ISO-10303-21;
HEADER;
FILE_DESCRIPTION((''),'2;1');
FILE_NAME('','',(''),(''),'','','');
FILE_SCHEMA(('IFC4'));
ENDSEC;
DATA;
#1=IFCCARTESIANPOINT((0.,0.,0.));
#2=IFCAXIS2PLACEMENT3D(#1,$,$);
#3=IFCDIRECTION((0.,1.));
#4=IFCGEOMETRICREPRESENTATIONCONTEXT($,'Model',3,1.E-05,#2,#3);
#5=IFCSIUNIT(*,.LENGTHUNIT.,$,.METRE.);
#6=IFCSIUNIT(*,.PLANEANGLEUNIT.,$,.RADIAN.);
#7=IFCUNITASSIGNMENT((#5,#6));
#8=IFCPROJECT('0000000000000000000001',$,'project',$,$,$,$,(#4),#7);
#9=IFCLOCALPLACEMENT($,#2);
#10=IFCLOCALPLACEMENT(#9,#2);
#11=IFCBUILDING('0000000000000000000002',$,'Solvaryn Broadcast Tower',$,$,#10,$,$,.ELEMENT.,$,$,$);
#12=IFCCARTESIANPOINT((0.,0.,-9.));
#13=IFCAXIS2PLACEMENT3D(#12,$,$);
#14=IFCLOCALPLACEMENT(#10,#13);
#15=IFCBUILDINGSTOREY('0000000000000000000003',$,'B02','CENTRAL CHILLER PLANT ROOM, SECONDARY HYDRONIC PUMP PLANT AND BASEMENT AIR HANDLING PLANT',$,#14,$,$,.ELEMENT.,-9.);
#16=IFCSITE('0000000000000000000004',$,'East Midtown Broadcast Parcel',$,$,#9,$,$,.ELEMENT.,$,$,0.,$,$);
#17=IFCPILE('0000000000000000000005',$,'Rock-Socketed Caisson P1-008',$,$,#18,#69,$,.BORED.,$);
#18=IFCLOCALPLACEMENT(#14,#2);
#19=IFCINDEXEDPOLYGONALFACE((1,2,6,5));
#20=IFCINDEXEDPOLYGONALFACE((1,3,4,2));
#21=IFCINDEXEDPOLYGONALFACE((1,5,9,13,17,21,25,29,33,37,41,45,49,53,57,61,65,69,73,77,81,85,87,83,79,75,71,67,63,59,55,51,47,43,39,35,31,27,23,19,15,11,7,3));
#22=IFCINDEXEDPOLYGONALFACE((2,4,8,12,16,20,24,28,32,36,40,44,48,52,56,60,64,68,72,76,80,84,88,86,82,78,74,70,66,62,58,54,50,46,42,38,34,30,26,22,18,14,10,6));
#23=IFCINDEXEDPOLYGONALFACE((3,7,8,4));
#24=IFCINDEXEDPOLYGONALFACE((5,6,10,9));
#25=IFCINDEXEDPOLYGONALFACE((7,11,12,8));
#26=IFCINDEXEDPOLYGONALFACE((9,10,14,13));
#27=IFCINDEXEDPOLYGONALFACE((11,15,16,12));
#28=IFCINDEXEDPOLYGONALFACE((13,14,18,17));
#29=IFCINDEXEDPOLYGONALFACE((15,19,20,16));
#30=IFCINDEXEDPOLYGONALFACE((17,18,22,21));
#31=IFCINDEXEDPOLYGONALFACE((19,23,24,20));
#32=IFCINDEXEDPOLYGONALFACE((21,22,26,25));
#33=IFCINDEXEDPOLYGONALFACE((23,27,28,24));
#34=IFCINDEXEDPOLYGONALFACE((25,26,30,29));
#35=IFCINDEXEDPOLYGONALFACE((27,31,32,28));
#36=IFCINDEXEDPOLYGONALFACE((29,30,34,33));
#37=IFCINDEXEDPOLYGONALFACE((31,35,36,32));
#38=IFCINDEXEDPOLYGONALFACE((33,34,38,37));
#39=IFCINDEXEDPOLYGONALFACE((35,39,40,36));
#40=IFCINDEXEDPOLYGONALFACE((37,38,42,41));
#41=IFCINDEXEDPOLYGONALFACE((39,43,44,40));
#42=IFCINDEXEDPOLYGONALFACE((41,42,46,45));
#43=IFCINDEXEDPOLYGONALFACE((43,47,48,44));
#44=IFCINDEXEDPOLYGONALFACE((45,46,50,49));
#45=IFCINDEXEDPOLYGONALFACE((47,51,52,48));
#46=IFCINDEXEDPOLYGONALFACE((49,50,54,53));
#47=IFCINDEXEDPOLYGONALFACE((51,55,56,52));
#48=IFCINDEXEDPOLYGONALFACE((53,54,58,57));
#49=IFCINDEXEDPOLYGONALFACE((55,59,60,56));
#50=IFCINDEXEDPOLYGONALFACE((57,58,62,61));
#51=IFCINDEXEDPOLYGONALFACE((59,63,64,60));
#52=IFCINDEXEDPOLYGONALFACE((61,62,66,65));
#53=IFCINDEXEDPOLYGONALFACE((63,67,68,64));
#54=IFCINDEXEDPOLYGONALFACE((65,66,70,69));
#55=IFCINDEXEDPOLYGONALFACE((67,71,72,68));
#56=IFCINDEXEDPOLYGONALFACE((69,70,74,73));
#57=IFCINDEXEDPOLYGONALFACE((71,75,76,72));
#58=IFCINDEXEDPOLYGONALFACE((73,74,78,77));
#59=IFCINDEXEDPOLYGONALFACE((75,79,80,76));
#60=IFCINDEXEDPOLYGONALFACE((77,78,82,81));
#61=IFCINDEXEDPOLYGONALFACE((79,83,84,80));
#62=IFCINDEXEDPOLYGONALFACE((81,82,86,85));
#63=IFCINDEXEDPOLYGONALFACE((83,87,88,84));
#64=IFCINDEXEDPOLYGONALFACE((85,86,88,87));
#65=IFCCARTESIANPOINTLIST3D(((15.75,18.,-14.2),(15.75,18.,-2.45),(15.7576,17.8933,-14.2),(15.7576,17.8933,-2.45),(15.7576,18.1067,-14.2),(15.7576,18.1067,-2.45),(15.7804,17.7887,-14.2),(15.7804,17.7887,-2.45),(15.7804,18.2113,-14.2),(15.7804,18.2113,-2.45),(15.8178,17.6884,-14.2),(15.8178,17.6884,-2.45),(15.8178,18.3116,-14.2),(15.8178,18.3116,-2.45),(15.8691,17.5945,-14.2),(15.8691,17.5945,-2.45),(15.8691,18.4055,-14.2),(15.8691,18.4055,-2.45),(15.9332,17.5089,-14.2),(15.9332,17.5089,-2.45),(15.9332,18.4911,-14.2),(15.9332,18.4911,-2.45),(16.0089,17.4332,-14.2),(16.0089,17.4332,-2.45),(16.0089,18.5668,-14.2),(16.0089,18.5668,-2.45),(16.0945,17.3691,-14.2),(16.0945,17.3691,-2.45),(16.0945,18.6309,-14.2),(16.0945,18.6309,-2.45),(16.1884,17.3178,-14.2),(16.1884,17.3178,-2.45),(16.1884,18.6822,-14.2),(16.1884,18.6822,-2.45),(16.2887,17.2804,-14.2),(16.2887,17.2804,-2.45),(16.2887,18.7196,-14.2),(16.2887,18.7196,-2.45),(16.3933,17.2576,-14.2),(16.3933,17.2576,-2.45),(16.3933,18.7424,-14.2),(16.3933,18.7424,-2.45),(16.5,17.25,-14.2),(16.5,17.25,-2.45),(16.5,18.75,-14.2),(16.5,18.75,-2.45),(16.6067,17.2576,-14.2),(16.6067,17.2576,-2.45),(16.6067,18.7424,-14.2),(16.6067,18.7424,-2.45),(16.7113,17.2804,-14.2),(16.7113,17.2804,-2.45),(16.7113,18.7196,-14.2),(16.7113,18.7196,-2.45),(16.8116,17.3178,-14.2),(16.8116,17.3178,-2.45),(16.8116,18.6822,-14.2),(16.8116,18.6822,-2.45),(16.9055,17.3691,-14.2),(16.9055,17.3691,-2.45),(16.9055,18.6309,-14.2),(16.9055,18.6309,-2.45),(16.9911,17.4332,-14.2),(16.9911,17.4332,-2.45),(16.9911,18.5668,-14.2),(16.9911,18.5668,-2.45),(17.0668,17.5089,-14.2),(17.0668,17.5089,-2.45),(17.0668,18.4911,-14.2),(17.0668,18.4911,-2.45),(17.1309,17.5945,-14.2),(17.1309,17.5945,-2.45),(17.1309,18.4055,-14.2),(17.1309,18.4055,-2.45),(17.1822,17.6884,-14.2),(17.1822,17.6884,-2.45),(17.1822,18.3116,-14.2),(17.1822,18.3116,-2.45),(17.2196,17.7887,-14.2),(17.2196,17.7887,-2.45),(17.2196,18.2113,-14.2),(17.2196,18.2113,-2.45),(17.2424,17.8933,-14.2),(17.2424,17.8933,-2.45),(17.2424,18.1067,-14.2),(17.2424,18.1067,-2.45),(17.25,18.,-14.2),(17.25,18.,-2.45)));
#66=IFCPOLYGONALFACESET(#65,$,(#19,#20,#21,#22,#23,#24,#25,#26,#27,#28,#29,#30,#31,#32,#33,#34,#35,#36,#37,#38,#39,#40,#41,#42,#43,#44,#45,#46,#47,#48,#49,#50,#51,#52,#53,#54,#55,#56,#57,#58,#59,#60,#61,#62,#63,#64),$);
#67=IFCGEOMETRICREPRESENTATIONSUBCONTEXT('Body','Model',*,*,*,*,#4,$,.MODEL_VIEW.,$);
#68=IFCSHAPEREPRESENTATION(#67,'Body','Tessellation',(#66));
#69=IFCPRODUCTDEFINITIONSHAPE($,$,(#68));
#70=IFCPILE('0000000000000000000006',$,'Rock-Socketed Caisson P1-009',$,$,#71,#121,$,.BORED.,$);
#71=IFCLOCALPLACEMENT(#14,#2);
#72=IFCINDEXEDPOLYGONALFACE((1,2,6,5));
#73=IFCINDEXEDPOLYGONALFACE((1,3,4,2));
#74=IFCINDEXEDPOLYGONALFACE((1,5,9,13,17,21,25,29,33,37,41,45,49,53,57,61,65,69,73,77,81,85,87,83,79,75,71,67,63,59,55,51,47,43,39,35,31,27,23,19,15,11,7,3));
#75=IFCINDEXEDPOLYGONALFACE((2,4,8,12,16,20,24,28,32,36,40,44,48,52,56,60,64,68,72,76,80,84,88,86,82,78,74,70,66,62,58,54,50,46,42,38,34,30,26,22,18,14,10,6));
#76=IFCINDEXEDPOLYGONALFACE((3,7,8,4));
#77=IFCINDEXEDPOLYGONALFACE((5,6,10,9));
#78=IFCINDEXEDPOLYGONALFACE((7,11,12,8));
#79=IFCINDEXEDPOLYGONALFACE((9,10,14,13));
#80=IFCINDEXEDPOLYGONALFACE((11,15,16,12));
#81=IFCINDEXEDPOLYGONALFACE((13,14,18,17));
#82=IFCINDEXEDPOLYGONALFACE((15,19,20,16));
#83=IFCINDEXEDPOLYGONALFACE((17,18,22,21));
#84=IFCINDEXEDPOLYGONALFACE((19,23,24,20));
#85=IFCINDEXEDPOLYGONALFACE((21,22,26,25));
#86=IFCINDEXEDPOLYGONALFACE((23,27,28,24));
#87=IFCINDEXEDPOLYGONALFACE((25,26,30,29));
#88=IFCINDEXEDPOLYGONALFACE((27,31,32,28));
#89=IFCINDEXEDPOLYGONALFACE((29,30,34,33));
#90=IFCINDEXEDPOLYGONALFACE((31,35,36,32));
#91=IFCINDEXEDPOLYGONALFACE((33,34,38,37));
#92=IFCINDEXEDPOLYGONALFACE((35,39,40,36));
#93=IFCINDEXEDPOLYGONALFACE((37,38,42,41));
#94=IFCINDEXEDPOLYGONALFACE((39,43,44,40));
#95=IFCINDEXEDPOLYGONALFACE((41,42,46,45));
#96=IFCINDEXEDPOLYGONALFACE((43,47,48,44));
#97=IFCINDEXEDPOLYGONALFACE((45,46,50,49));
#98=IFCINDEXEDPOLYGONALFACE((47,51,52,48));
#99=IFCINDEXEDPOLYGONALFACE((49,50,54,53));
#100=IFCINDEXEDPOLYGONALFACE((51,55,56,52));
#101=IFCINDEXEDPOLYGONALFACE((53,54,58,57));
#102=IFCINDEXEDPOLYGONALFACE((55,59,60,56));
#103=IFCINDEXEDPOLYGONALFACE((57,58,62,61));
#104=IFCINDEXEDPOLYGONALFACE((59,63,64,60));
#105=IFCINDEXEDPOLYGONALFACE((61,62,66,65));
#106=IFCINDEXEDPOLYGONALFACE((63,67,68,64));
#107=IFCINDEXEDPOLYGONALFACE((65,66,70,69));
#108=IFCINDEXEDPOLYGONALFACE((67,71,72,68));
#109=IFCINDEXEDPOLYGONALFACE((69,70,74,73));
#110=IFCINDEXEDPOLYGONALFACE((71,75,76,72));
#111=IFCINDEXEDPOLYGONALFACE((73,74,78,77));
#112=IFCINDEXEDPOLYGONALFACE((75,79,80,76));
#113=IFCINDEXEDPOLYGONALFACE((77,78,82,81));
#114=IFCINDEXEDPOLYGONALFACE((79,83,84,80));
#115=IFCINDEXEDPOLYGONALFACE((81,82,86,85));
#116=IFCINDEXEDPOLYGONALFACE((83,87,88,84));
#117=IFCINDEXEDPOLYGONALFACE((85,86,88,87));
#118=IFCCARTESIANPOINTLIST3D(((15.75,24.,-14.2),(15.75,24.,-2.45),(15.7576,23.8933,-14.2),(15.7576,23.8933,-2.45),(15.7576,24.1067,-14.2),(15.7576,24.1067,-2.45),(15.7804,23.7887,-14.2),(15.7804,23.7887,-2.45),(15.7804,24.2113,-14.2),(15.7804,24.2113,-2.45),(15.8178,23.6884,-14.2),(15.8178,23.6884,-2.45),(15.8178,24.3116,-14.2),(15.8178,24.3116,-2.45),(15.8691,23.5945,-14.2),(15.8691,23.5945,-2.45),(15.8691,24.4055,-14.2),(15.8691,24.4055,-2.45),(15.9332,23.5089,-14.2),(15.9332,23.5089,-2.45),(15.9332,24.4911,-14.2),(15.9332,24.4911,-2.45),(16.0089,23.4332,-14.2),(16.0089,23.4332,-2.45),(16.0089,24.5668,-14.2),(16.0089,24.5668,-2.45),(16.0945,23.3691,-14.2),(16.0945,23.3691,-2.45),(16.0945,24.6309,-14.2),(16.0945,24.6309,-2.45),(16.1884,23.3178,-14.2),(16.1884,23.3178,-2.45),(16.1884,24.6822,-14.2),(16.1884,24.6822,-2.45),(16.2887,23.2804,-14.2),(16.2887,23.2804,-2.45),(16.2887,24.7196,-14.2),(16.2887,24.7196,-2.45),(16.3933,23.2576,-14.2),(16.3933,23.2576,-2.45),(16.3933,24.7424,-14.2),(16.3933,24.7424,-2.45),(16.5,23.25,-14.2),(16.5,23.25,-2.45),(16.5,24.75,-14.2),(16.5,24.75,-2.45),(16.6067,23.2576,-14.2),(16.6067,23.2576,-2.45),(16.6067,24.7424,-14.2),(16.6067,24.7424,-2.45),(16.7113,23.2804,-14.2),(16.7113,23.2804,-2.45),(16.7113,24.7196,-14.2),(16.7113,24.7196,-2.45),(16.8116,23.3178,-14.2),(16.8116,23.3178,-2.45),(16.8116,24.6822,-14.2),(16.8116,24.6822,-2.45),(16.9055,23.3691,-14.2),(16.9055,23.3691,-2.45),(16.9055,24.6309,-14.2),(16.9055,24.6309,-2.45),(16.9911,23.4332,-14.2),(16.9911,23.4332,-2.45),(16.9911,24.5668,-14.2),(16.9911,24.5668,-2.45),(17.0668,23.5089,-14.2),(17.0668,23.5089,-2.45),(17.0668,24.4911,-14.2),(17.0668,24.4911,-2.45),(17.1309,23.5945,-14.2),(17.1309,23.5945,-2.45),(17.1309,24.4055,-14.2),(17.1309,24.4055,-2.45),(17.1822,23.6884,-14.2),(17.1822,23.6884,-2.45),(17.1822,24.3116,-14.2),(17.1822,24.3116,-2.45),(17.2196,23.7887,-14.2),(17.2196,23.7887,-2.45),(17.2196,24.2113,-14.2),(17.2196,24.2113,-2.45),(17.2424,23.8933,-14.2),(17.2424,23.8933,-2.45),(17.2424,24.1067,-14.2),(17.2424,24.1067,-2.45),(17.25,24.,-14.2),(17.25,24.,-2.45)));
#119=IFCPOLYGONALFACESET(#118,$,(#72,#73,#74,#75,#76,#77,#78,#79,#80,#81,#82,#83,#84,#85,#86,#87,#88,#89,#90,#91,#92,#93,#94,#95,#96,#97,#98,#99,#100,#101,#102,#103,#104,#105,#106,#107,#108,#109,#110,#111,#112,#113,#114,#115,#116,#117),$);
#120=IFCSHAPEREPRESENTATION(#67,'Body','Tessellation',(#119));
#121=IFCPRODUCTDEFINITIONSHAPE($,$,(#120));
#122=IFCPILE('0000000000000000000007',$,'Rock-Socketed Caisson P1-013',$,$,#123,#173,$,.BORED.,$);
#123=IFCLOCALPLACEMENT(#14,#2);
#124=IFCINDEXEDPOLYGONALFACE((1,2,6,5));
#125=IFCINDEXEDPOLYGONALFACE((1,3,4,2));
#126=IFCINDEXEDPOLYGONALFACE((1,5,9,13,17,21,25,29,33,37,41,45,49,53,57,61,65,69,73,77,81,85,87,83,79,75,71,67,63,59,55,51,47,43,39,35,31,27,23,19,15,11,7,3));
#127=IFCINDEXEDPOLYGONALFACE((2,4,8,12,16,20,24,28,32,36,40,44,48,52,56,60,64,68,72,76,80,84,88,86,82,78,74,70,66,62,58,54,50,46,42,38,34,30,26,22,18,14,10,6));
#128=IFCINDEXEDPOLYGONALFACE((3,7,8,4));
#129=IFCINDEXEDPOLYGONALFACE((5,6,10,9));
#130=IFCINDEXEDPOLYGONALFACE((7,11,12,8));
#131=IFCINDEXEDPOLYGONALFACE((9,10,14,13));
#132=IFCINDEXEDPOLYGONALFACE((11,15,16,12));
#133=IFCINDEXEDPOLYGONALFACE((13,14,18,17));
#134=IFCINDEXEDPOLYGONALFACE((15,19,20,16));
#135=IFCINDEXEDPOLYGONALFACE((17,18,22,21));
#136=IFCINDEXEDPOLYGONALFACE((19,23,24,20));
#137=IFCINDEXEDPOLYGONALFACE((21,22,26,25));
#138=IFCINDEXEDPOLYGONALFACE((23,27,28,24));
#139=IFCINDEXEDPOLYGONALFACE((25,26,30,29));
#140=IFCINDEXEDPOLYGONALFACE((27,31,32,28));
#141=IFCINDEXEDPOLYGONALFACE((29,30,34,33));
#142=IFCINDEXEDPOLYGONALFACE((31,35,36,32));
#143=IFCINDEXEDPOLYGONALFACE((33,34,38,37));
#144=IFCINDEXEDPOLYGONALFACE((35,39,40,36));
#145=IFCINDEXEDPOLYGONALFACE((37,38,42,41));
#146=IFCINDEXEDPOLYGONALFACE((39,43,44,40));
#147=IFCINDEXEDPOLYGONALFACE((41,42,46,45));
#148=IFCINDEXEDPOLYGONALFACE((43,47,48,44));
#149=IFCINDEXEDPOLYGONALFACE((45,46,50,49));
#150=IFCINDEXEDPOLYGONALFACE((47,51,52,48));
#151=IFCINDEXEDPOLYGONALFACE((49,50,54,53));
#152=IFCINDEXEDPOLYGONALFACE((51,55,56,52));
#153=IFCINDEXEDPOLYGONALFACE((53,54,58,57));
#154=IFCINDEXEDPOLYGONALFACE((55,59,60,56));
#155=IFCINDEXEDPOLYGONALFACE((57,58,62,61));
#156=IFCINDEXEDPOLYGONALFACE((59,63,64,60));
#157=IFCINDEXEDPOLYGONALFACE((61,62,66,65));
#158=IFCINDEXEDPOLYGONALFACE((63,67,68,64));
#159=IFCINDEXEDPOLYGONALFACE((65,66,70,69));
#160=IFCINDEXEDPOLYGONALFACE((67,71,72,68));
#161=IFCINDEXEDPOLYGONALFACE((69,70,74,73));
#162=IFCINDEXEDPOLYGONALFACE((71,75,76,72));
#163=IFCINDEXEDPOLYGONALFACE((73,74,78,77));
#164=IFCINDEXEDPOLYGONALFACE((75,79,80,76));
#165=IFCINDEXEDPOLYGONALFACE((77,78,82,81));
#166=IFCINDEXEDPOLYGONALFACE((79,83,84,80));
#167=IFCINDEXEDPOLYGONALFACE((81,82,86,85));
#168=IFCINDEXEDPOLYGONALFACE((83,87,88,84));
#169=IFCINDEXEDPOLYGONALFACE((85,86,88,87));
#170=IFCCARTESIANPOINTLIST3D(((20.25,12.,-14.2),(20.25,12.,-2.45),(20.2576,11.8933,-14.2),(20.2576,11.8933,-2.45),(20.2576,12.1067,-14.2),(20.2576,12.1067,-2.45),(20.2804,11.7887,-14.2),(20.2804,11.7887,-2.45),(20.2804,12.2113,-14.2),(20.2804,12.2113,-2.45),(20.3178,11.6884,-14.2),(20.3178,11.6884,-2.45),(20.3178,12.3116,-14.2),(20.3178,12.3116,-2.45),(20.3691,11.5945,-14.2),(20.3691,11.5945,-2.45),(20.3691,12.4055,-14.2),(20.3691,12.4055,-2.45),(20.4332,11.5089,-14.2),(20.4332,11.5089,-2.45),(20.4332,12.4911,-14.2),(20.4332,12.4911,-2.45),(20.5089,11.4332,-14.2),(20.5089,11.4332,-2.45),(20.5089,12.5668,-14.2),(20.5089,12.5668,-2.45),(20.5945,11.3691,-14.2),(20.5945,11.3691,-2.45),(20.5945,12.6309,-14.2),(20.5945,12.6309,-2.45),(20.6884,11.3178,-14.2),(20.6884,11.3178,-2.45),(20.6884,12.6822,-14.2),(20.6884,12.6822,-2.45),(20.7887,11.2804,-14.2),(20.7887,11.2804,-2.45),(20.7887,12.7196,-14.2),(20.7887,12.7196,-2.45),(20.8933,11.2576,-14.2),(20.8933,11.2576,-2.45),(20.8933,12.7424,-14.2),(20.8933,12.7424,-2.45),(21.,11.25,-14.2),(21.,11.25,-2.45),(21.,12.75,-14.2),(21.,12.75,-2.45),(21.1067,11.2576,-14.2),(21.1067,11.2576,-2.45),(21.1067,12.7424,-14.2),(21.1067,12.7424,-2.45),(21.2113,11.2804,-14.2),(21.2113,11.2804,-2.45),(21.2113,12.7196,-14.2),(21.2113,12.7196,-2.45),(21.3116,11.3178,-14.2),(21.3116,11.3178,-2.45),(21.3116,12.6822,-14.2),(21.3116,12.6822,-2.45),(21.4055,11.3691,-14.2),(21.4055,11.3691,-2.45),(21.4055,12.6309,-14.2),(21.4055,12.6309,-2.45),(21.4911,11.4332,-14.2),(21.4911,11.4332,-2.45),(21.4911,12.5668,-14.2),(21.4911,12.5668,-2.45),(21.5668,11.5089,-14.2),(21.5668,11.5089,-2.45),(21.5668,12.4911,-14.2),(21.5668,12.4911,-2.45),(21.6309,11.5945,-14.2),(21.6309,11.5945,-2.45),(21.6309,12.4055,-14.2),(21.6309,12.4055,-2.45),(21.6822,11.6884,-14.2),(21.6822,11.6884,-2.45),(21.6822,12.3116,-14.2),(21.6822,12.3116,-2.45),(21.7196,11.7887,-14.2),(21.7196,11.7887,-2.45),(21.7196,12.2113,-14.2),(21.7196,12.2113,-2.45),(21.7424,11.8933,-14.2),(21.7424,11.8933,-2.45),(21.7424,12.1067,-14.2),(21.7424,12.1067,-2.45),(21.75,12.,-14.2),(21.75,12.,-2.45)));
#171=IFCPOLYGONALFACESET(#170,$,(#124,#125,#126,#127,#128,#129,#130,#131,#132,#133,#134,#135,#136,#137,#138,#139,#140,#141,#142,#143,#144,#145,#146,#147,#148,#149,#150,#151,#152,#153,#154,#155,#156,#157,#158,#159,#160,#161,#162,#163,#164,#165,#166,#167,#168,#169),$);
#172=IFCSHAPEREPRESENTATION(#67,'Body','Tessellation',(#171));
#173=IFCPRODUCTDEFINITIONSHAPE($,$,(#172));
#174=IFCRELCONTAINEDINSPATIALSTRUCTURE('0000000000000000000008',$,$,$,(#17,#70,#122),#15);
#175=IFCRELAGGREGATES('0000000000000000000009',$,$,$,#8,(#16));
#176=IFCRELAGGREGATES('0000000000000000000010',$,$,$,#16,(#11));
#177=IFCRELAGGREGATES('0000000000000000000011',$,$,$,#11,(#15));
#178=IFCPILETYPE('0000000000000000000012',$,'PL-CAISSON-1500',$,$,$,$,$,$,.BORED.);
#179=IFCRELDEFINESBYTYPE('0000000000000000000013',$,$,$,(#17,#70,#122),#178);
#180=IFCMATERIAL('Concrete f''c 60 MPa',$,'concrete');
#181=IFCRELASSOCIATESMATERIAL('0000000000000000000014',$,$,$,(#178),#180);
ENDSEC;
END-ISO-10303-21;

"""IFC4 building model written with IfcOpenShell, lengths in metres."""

from ifc_helpers import new_model, si_unit, direction, frame, origin, origin_2d, place, context, subcontext, project, spatial, circle, extrude, material, material_profile, profile_set, type_object, element, save


model = new_model("IFC4")

# Units and contexts
model_context = context("Model", 3, precision=1e-05, world=origin(), true_north=direction((0.0, 1.0)))
body_context = subcontext(model_context, "Body", "Model", "MODEL_VIEW")
ifc_project = project(units=[si_unit("LENGTHUNIT", "METRE"), si_unit("PLANEANGLEUNIT", "RADIAN")], contexts=[model_context])

# Site, building, storey
site_placement = place(None, origin())
site = spatial("IfcSite", under=ifc_project, at=site_placement, Name="East Midtown Broadcast Parcel", CompositionType="ELEMENT", RefElevation=0.0)
building_placement = place(site_placement, origin())
building = spatial("IfcBuilding", under=site, at=building_placement, Name="Solvaryn Broadcast Tower", CompositionType="ELEMENT")
storey_placement = place(building_placement, frame((0.0, 0.0, -9.0)))
storey = spatial("IfcBuildingStorey", under=building, at=storey_placement, Name="B02", Description="CENTRAL CHILLER PLANT ROOM, SECONDARY HYDRONIC PUMP PLANT AND BASEMENT AIR HANDLING PLANT", CompositionType="ELEMENT", Elevation=-9.0)

# Piles
ifc_material_1 = material(Name="Concrete f'c 60 MPa", Category="concrete")
ifc_material_profile_1 = material_profile(ifc_material_1, circle(Radius=0.75, at=origin_2d()))
ifc_profile_set_1 = profile_set([ifc_material_profile_1], Name="Concrete f'c 60 MPa")
pile_type_1 = type_object("IfcPileType", Name="PL-CAISSON-1500", PredefinedType="BORED", material=ifc_profile_set_1)
for number, where, z_axis, x_axis, name in (
    (1, (16.5, 18.0, -2.45), (0.0, 0.0, -1.0), (1.0, 0.0, 0.0), "Rock-Socketed Caisson P1-008"),
    (2, (16.5, 24.0, -2.45), (0.0, 0.0, -1.0), (1.0, 0.0, 0.0), "Rock-Socketed Caisson P1-009"),
    (3, (21.0, 12.0, -2.45), (0.0, 0.0, -1.0), (1.0, 0.0, 0.0), "Rock-Socketed Caisson P1-013"),
):
    element("IfcPile", number, at=place(storey_placement, frame(where, z_axis=z_axis, x_axis=x_axis)), inside=storey, type_object=pile_type_1, Name=name, PredefinedType="BORED", context=body_context, shape_type="SweptSolid", body=[
        extrude(circle(Radius=0.75, at=origin_2d()), origin(), (0.0, 0.0, 1.0), 11.75),
    ])

save(model, "model.ifc")
